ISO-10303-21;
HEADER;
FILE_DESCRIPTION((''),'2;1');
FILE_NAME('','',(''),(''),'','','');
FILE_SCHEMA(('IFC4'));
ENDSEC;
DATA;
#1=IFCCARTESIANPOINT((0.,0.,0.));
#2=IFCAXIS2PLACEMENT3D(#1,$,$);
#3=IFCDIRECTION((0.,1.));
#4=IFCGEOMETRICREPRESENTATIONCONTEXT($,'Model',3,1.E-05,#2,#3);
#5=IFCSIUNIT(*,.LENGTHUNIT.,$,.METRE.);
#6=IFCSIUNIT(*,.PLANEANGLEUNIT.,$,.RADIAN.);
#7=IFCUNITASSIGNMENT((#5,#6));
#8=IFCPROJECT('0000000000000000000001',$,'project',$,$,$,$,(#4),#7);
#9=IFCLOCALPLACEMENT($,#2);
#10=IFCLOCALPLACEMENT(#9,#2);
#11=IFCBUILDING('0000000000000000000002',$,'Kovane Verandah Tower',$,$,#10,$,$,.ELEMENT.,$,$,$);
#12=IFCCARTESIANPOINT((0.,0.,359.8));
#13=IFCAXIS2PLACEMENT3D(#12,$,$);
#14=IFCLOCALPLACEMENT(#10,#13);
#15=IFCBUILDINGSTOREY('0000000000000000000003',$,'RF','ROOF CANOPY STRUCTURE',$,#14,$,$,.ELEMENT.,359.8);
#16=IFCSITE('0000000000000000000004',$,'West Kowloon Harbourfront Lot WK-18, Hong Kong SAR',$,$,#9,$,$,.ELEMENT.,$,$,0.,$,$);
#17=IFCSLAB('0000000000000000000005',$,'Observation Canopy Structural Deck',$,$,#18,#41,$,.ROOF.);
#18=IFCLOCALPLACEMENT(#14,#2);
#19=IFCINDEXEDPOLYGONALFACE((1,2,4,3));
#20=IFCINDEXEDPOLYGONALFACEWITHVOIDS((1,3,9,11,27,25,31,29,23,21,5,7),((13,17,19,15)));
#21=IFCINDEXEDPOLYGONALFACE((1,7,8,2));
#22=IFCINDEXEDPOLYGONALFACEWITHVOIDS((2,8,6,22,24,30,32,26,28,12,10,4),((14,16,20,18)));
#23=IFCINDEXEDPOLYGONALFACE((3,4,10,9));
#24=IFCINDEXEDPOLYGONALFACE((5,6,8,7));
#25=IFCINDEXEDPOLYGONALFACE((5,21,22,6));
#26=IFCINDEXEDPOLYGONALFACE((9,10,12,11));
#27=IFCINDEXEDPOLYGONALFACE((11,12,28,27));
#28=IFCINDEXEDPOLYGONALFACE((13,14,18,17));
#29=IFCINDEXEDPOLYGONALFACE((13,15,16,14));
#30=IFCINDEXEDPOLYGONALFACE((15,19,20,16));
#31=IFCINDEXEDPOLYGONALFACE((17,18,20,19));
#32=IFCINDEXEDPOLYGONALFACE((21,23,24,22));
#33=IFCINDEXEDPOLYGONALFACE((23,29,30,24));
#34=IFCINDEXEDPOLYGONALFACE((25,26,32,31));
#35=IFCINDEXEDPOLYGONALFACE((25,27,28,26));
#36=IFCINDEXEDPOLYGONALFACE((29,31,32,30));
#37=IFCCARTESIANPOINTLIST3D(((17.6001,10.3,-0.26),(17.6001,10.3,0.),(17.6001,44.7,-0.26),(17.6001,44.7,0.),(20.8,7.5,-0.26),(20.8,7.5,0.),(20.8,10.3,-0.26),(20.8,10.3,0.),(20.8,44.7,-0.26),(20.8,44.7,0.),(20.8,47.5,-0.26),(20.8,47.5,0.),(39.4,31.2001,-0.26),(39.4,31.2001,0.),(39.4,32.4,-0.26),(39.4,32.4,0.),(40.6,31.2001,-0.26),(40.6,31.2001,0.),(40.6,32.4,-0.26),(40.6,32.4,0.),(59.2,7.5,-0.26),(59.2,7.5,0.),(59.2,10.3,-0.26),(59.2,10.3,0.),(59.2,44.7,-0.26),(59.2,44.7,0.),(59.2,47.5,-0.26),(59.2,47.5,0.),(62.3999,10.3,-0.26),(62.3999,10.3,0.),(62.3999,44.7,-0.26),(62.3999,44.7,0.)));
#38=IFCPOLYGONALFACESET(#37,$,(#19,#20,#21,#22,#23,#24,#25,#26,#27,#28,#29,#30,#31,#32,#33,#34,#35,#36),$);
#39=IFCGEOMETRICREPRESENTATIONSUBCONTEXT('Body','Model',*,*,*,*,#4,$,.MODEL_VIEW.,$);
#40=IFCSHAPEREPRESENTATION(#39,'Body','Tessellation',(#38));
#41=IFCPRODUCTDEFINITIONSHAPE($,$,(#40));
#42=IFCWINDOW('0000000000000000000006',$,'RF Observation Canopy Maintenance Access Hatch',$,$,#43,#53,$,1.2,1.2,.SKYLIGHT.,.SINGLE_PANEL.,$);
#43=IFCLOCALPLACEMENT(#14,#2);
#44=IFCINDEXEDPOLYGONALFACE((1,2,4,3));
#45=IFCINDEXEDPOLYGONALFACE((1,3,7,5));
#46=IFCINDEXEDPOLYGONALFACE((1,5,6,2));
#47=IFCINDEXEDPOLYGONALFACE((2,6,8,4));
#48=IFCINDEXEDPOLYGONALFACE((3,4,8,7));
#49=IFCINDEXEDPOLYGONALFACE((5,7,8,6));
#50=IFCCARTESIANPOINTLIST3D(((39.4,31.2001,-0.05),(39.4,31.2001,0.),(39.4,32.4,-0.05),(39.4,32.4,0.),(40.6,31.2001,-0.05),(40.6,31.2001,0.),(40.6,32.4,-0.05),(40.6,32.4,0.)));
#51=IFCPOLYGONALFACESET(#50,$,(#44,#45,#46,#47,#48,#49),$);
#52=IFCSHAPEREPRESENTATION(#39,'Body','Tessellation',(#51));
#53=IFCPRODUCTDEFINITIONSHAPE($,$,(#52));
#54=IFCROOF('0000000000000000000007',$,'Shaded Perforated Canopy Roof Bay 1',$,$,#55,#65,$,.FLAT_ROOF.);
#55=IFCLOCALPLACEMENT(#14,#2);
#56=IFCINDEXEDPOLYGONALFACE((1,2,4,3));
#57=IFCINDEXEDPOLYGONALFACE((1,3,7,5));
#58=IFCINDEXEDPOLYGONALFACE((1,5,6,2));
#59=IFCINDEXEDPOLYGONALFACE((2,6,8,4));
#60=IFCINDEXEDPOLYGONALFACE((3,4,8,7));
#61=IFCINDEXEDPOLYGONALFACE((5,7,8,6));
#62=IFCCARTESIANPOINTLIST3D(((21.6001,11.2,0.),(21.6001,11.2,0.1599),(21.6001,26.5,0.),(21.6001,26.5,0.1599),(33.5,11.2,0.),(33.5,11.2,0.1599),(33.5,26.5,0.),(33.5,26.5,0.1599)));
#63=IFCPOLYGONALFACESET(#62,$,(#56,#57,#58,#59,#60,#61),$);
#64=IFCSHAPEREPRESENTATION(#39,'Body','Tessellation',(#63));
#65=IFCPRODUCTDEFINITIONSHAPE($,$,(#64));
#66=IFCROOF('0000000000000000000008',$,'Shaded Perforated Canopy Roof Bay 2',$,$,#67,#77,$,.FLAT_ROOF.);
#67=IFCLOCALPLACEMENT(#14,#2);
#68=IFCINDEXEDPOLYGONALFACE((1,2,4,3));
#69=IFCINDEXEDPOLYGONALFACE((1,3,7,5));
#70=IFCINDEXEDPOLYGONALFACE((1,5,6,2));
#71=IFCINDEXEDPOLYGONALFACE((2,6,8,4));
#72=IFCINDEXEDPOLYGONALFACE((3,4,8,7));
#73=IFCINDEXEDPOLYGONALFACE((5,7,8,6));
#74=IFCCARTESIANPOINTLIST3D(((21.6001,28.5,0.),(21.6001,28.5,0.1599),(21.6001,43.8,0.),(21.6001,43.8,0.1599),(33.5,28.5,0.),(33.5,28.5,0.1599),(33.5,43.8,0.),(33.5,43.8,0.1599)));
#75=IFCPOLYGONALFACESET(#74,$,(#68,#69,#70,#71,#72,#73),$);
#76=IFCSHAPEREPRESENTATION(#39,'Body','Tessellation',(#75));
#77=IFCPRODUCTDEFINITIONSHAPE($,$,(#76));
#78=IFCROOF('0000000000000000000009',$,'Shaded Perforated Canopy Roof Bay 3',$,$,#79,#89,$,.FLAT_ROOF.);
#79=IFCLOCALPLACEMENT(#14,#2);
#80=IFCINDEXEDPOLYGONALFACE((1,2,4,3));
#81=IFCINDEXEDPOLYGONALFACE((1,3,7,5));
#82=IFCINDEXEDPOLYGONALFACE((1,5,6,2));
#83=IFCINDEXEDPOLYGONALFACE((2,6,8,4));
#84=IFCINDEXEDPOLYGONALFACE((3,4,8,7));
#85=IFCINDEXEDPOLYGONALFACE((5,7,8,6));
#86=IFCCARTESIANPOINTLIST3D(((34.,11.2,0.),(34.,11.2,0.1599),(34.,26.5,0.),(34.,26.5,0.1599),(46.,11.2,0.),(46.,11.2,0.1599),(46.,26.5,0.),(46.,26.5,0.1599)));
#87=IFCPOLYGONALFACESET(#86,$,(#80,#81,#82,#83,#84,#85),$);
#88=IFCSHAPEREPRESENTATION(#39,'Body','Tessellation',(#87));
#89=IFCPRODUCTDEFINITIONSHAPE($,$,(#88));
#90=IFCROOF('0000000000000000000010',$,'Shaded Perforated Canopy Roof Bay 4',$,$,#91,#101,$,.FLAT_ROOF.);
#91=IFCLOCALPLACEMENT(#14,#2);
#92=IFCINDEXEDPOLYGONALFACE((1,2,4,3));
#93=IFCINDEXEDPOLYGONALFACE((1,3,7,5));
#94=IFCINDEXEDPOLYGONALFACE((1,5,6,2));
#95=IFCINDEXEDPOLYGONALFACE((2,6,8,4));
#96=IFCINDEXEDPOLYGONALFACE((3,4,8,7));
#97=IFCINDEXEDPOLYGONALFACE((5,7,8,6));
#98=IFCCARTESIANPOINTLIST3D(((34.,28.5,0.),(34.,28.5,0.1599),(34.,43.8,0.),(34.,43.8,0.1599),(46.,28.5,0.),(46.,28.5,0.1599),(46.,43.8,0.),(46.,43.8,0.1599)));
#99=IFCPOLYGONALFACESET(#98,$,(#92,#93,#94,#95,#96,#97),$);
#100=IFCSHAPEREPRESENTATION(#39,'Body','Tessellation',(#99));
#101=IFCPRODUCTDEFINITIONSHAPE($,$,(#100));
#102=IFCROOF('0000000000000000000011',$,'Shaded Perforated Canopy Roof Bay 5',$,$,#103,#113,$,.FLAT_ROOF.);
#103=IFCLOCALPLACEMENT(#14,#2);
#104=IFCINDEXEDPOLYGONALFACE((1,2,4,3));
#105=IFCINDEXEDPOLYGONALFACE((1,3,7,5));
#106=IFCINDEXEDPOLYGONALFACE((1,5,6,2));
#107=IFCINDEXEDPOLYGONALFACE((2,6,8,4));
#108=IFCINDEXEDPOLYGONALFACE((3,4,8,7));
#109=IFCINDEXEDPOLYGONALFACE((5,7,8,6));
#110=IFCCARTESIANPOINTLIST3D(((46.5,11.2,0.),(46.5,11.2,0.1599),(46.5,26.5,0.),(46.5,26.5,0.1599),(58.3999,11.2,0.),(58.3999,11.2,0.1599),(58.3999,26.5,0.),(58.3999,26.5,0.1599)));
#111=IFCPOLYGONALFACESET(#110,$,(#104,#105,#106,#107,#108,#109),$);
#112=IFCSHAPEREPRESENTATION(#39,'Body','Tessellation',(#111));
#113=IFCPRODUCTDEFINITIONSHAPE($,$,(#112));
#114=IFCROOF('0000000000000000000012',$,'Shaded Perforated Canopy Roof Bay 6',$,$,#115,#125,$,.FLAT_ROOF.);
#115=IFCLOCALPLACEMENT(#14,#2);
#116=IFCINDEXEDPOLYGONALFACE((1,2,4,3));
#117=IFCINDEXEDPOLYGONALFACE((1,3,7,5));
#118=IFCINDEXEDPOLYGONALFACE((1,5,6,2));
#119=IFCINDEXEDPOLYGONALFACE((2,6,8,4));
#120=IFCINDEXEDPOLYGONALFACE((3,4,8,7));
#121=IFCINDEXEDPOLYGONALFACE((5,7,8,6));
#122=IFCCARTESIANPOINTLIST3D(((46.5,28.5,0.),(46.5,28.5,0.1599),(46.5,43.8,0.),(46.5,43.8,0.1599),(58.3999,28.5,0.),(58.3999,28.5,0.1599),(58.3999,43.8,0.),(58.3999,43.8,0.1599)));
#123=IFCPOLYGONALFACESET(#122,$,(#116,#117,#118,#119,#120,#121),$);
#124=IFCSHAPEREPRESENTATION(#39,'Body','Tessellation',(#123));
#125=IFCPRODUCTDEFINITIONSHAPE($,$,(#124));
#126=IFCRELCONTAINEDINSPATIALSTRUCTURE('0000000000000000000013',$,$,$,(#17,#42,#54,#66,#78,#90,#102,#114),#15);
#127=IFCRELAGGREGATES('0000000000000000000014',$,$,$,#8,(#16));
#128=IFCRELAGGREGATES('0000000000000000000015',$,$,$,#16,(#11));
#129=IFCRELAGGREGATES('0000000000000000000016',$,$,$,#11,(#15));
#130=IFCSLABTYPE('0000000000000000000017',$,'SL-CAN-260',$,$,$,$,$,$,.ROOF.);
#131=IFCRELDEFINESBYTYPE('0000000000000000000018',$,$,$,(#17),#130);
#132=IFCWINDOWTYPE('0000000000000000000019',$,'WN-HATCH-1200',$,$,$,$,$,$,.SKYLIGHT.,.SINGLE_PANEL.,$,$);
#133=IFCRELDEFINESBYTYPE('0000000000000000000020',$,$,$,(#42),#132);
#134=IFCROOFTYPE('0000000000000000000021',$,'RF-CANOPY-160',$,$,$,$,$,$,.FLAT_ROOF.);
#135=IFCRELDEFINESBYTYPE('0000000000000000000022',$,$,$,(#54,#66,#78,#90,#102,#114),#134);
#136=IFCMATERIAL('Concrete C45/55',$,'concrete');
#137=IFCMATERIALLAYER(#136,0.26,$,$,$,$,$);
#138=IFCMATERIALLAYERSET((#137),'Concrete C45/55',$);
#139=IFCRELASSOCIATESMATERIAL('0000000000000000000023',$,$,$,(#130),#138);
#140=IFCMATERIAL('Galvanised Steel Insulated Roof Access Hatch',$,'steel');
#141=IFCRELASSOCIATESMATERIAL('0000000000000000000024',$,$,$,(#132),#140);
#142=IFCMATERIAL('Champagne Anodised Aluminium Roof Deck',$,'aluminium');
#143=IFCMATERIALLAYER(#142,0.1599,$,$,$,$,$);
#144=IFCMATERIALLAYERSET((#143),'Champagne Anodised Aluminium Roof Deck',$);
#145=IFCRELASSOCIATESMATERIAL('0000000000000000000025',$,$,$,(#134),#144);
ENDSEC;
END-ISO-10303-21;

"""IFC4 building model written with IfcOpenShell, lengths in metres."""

from ifc_helpers import new_model, si_unit, direction, frame, origin, origin_2d, place, context, subcontext, project, spatial, polyline, rectangle, outline, extrude, material, layer, layer_set, type_object, element, fill, save


model = new_model("IFC4")

# Units and contexts
model_context = context("Model", 3, precision=1e-05, world=origin(), true_north=direction((0.0, 1.0)))
body_context = subcontext(model_context, "Body", "Model", "MODEL_VIEW")
ifc_project = project(units=[si_unit("LENGTHUNIT", "METRE"), si_unit("PLANEANGLEUNIT", "RADIAN")], contexts=[model_context])

# Site, building, storey
site_placement = place(None, origin())
site = spatial("IfcSite", under=ifc_project, at=site_placement, Name="West Kowloon Harbourfront Lot WK-18, Hong Kong SAR", CompositionType="ELEMENT", RefElevation=0.0)
building_placement = place(site_placement, origin())
building = spatial("IfcBuilding", under=site, at=building_placement, Name="Kovane Verandah Tower", CompositionType="ELEMENT")
storey_placement = place(building_placement, frame((0.0, 0.0, 359.8)))
storey = spatial("IfcBuildingStorey", under=building, at=storey_placement, Name="RF", Description="ROOF CANOPY STRUCTURE", CompositionType="ELEMENT", Elevation=359.8)

# Slab, opening, window
ifc_material_1 = material(Name="Concrete C45/55", Category="concrete")
ifc_layer_1 = layer(ifc_material_1, 0.26)
ifc_layer_set_1 = layer_set([ifc_layer_1], Name="Concrete C45/55")
slab_type = type_object("IfcSlabType", Name="SL-CAN-260", PredefinedType="ROOF", material=ifc_layer_set_1)
slab_placement = place(storey_placement, frame((0.0, 0.0, -0.26)))
slab = element("IfcSlab", 1, at=slab_placement, inside=storey, type_object=slab_type, Name="Observation Canopy Structural Deck", PredefinedType="ROOF", context=body_context, shape_type="SweptSolid", body=[
    extrude(outline(polyline([(20.8, 7.5), (59.2, 7.5), (59.2, 10.3), (62.3999, 10.3), (62.3999, 44.7), (59.2, 44.7), (59.2, 47.5), (20.8, 47.5), (20.8, 44.7), (17.6001, 44.7), (17.6001, 10.3), (20.8, 10.3), (20.8, 7.5)])), origin(), (0.0, 0.0, 1.0), 0.26),
])
opening_placement = place(slab_placement, frame((40.0, 31.8, 0.0)))
opening = element("IfcOpeningElement", 2, at=opening_placement, cuts=slab, PredefinedType="OPENING", context=body_context, shape_type="SweptSolid", body=[
    extrude(rectangle(XDim=1.2, YDim=1.2, at=origin_2d()), origin(), (0.0, 0.0, 1.0), 0.26),
])
ifc_material_2 = material(Name="Galvanised Steel Insulated Roof Access Hatch", Category="steel")
window_type = type_object("IfcWindowType", Name="WN-HATCH-1200", PartitioningType="SINGLE_PANEL", PredefinedType="SKYLIGHT", material=ifc_material_2)
window_placement = place(opening_placement, frame((0.0, 0.0, 0.21)))
window = element("IfcWindow", 3, at=window_placement, inside=storey, type_object=window_type, Name="RF Observation Canopy Maintenance Access Hatch", OverallHeight=1.2, OverallWidth=1.2, PartitioningType="SINGLE_PANEL", PredefinedType="SKYLIGHT", context=body_context, shape_type="SweptSolid", body=[
    extrude(rectangle(XDim=1.2, YDim=1.2, at=origin_2d()), origin(), (0.0, 0.0, 1.0), 0.05),
])
fill(opening, window)

# Roofs
ifc_material_3 = material(Name="Champagne Anodised Aluminium Roof Deck", Category="aluminium")
ifc_layer_2 = layer(ifc_material_3, 0.1599)
ifc_layer_set_2 = layer_set([ifc_layer_2], Name="Champagne Anodised Aluminium Roof Deck")
roof_type = type_object("IfcRoofType", Name="RF-CANOPY-160", PredefinedType="FLAT_ROOF", material=ifc_layer_set_2)
roof_1_placement = place(storey_placement, origin())
element("IfcRoof", 4, at=roof_1_placement, inside=storey, type_object=roof_type, Name="Shaded Perforated Canopy Roof Bay 1", PredefinedType="FLAT_ROOF", context=body_context, shape_type="SweptSolid", body=[
    extrude(outline(polyline([(21.6001, 11.2), (33.5, 11.2), (33.5, 26.5), (21.6001, 26.5), (21.6001, 11.2)])), origin(), (0.0, 0.0, 1.0), 0.1599),
])
roof_2_placement = place(storey_placement, origin())
element("IfcRoof", 5, at=roof_2_placement, inside=storey, type_object=roof_type, Name="Shaded Perforated Canopy Roof Bay 2", PredefinedType="FLAT_ROOF", context=body_context, shape_type="SweptSolid", body=[
    extrude(outline(polyline([(21.6001, 28.5), (33.5, 28.5), (33.5, 43.8), (21.6001, 43.8), (21.6001, 28.5)])), origin(), (0.0, 0.0, 1.0), 0.1599),
])
roof_3_placement = place(storey_placement, origin())
element("IfcRoof", 6, at=roof_3_placement, inside=storey, type_object=roof_type, Name="Shaded Perforated Canopy Roof Bay 3", PredefinedType="FLAT_ROOF", context=body_context, shape_type="SweptSolid", body=[
    extrude(outline(polyline([(34.0, 11.2), (46.0, 11.2), (46.0, 26.5), (34.0, 26.5), (34.0, 11.2)])), origin(), (0.0, 0.0, 1.0), 0.1599),
])
roof_4_placement = place(storey_placement, origin())
element("IfcRoof", 7, at=roof_4_placement, inside=storey, type_object=roof_type, Name="Shaded Perforated Canopy Roof Bay 4", PredefinedType="FLAT_ROOF", context=body_context, shape_type="SweptSolid", body=[
    extrude(outline(polyline([(34.0, 28.5), (46.0, 28.5), (46.0, 43.8), (34.0, 43.8), (34.0, 28.5)])), origin(), (0.0, 0.0, 1.0), 0.1599),
])
roof_5_placement = place(storey_placement, origin())
element("IfcRoof", 8, at=roof_5_placement, inside=storey, type_object=roof_type, Name="Shaded Perforated Canopy Roof Bay 5", PredefinedType="FLAT_ROOF", context=body_context, shape_type="SweptSolid", body=[
    extrude(outline(polyline([(46.5, 11.2), (58.3999, 11.2), (58.3999, 26.5), (46.5, 26.5), (46.5, 11.2)])), origin(), (0.0, 0.0, 1.0), 0.1599),
])
roof_6_placement = place(storey_placement, origin())
element("IfcRoof", 9, at=roof_6_placement, inside=storey, type_object=roof_type, Name="Shaded Perforated Canopy Roof Bay 6", PredefinedType="FLAT_ROOF", context=body_context, shape_type="SweptSolid", body=[
    extrude(outline(polyline([(46.5, 28.5), (58.3999, 28.5), (58.3999, 43.8), (46.5, 43.8), (46.5, 28.5)])), origin(), (0.0, 0.0, 1.0), 0.1599),
])

save(model, "model.ifc")
